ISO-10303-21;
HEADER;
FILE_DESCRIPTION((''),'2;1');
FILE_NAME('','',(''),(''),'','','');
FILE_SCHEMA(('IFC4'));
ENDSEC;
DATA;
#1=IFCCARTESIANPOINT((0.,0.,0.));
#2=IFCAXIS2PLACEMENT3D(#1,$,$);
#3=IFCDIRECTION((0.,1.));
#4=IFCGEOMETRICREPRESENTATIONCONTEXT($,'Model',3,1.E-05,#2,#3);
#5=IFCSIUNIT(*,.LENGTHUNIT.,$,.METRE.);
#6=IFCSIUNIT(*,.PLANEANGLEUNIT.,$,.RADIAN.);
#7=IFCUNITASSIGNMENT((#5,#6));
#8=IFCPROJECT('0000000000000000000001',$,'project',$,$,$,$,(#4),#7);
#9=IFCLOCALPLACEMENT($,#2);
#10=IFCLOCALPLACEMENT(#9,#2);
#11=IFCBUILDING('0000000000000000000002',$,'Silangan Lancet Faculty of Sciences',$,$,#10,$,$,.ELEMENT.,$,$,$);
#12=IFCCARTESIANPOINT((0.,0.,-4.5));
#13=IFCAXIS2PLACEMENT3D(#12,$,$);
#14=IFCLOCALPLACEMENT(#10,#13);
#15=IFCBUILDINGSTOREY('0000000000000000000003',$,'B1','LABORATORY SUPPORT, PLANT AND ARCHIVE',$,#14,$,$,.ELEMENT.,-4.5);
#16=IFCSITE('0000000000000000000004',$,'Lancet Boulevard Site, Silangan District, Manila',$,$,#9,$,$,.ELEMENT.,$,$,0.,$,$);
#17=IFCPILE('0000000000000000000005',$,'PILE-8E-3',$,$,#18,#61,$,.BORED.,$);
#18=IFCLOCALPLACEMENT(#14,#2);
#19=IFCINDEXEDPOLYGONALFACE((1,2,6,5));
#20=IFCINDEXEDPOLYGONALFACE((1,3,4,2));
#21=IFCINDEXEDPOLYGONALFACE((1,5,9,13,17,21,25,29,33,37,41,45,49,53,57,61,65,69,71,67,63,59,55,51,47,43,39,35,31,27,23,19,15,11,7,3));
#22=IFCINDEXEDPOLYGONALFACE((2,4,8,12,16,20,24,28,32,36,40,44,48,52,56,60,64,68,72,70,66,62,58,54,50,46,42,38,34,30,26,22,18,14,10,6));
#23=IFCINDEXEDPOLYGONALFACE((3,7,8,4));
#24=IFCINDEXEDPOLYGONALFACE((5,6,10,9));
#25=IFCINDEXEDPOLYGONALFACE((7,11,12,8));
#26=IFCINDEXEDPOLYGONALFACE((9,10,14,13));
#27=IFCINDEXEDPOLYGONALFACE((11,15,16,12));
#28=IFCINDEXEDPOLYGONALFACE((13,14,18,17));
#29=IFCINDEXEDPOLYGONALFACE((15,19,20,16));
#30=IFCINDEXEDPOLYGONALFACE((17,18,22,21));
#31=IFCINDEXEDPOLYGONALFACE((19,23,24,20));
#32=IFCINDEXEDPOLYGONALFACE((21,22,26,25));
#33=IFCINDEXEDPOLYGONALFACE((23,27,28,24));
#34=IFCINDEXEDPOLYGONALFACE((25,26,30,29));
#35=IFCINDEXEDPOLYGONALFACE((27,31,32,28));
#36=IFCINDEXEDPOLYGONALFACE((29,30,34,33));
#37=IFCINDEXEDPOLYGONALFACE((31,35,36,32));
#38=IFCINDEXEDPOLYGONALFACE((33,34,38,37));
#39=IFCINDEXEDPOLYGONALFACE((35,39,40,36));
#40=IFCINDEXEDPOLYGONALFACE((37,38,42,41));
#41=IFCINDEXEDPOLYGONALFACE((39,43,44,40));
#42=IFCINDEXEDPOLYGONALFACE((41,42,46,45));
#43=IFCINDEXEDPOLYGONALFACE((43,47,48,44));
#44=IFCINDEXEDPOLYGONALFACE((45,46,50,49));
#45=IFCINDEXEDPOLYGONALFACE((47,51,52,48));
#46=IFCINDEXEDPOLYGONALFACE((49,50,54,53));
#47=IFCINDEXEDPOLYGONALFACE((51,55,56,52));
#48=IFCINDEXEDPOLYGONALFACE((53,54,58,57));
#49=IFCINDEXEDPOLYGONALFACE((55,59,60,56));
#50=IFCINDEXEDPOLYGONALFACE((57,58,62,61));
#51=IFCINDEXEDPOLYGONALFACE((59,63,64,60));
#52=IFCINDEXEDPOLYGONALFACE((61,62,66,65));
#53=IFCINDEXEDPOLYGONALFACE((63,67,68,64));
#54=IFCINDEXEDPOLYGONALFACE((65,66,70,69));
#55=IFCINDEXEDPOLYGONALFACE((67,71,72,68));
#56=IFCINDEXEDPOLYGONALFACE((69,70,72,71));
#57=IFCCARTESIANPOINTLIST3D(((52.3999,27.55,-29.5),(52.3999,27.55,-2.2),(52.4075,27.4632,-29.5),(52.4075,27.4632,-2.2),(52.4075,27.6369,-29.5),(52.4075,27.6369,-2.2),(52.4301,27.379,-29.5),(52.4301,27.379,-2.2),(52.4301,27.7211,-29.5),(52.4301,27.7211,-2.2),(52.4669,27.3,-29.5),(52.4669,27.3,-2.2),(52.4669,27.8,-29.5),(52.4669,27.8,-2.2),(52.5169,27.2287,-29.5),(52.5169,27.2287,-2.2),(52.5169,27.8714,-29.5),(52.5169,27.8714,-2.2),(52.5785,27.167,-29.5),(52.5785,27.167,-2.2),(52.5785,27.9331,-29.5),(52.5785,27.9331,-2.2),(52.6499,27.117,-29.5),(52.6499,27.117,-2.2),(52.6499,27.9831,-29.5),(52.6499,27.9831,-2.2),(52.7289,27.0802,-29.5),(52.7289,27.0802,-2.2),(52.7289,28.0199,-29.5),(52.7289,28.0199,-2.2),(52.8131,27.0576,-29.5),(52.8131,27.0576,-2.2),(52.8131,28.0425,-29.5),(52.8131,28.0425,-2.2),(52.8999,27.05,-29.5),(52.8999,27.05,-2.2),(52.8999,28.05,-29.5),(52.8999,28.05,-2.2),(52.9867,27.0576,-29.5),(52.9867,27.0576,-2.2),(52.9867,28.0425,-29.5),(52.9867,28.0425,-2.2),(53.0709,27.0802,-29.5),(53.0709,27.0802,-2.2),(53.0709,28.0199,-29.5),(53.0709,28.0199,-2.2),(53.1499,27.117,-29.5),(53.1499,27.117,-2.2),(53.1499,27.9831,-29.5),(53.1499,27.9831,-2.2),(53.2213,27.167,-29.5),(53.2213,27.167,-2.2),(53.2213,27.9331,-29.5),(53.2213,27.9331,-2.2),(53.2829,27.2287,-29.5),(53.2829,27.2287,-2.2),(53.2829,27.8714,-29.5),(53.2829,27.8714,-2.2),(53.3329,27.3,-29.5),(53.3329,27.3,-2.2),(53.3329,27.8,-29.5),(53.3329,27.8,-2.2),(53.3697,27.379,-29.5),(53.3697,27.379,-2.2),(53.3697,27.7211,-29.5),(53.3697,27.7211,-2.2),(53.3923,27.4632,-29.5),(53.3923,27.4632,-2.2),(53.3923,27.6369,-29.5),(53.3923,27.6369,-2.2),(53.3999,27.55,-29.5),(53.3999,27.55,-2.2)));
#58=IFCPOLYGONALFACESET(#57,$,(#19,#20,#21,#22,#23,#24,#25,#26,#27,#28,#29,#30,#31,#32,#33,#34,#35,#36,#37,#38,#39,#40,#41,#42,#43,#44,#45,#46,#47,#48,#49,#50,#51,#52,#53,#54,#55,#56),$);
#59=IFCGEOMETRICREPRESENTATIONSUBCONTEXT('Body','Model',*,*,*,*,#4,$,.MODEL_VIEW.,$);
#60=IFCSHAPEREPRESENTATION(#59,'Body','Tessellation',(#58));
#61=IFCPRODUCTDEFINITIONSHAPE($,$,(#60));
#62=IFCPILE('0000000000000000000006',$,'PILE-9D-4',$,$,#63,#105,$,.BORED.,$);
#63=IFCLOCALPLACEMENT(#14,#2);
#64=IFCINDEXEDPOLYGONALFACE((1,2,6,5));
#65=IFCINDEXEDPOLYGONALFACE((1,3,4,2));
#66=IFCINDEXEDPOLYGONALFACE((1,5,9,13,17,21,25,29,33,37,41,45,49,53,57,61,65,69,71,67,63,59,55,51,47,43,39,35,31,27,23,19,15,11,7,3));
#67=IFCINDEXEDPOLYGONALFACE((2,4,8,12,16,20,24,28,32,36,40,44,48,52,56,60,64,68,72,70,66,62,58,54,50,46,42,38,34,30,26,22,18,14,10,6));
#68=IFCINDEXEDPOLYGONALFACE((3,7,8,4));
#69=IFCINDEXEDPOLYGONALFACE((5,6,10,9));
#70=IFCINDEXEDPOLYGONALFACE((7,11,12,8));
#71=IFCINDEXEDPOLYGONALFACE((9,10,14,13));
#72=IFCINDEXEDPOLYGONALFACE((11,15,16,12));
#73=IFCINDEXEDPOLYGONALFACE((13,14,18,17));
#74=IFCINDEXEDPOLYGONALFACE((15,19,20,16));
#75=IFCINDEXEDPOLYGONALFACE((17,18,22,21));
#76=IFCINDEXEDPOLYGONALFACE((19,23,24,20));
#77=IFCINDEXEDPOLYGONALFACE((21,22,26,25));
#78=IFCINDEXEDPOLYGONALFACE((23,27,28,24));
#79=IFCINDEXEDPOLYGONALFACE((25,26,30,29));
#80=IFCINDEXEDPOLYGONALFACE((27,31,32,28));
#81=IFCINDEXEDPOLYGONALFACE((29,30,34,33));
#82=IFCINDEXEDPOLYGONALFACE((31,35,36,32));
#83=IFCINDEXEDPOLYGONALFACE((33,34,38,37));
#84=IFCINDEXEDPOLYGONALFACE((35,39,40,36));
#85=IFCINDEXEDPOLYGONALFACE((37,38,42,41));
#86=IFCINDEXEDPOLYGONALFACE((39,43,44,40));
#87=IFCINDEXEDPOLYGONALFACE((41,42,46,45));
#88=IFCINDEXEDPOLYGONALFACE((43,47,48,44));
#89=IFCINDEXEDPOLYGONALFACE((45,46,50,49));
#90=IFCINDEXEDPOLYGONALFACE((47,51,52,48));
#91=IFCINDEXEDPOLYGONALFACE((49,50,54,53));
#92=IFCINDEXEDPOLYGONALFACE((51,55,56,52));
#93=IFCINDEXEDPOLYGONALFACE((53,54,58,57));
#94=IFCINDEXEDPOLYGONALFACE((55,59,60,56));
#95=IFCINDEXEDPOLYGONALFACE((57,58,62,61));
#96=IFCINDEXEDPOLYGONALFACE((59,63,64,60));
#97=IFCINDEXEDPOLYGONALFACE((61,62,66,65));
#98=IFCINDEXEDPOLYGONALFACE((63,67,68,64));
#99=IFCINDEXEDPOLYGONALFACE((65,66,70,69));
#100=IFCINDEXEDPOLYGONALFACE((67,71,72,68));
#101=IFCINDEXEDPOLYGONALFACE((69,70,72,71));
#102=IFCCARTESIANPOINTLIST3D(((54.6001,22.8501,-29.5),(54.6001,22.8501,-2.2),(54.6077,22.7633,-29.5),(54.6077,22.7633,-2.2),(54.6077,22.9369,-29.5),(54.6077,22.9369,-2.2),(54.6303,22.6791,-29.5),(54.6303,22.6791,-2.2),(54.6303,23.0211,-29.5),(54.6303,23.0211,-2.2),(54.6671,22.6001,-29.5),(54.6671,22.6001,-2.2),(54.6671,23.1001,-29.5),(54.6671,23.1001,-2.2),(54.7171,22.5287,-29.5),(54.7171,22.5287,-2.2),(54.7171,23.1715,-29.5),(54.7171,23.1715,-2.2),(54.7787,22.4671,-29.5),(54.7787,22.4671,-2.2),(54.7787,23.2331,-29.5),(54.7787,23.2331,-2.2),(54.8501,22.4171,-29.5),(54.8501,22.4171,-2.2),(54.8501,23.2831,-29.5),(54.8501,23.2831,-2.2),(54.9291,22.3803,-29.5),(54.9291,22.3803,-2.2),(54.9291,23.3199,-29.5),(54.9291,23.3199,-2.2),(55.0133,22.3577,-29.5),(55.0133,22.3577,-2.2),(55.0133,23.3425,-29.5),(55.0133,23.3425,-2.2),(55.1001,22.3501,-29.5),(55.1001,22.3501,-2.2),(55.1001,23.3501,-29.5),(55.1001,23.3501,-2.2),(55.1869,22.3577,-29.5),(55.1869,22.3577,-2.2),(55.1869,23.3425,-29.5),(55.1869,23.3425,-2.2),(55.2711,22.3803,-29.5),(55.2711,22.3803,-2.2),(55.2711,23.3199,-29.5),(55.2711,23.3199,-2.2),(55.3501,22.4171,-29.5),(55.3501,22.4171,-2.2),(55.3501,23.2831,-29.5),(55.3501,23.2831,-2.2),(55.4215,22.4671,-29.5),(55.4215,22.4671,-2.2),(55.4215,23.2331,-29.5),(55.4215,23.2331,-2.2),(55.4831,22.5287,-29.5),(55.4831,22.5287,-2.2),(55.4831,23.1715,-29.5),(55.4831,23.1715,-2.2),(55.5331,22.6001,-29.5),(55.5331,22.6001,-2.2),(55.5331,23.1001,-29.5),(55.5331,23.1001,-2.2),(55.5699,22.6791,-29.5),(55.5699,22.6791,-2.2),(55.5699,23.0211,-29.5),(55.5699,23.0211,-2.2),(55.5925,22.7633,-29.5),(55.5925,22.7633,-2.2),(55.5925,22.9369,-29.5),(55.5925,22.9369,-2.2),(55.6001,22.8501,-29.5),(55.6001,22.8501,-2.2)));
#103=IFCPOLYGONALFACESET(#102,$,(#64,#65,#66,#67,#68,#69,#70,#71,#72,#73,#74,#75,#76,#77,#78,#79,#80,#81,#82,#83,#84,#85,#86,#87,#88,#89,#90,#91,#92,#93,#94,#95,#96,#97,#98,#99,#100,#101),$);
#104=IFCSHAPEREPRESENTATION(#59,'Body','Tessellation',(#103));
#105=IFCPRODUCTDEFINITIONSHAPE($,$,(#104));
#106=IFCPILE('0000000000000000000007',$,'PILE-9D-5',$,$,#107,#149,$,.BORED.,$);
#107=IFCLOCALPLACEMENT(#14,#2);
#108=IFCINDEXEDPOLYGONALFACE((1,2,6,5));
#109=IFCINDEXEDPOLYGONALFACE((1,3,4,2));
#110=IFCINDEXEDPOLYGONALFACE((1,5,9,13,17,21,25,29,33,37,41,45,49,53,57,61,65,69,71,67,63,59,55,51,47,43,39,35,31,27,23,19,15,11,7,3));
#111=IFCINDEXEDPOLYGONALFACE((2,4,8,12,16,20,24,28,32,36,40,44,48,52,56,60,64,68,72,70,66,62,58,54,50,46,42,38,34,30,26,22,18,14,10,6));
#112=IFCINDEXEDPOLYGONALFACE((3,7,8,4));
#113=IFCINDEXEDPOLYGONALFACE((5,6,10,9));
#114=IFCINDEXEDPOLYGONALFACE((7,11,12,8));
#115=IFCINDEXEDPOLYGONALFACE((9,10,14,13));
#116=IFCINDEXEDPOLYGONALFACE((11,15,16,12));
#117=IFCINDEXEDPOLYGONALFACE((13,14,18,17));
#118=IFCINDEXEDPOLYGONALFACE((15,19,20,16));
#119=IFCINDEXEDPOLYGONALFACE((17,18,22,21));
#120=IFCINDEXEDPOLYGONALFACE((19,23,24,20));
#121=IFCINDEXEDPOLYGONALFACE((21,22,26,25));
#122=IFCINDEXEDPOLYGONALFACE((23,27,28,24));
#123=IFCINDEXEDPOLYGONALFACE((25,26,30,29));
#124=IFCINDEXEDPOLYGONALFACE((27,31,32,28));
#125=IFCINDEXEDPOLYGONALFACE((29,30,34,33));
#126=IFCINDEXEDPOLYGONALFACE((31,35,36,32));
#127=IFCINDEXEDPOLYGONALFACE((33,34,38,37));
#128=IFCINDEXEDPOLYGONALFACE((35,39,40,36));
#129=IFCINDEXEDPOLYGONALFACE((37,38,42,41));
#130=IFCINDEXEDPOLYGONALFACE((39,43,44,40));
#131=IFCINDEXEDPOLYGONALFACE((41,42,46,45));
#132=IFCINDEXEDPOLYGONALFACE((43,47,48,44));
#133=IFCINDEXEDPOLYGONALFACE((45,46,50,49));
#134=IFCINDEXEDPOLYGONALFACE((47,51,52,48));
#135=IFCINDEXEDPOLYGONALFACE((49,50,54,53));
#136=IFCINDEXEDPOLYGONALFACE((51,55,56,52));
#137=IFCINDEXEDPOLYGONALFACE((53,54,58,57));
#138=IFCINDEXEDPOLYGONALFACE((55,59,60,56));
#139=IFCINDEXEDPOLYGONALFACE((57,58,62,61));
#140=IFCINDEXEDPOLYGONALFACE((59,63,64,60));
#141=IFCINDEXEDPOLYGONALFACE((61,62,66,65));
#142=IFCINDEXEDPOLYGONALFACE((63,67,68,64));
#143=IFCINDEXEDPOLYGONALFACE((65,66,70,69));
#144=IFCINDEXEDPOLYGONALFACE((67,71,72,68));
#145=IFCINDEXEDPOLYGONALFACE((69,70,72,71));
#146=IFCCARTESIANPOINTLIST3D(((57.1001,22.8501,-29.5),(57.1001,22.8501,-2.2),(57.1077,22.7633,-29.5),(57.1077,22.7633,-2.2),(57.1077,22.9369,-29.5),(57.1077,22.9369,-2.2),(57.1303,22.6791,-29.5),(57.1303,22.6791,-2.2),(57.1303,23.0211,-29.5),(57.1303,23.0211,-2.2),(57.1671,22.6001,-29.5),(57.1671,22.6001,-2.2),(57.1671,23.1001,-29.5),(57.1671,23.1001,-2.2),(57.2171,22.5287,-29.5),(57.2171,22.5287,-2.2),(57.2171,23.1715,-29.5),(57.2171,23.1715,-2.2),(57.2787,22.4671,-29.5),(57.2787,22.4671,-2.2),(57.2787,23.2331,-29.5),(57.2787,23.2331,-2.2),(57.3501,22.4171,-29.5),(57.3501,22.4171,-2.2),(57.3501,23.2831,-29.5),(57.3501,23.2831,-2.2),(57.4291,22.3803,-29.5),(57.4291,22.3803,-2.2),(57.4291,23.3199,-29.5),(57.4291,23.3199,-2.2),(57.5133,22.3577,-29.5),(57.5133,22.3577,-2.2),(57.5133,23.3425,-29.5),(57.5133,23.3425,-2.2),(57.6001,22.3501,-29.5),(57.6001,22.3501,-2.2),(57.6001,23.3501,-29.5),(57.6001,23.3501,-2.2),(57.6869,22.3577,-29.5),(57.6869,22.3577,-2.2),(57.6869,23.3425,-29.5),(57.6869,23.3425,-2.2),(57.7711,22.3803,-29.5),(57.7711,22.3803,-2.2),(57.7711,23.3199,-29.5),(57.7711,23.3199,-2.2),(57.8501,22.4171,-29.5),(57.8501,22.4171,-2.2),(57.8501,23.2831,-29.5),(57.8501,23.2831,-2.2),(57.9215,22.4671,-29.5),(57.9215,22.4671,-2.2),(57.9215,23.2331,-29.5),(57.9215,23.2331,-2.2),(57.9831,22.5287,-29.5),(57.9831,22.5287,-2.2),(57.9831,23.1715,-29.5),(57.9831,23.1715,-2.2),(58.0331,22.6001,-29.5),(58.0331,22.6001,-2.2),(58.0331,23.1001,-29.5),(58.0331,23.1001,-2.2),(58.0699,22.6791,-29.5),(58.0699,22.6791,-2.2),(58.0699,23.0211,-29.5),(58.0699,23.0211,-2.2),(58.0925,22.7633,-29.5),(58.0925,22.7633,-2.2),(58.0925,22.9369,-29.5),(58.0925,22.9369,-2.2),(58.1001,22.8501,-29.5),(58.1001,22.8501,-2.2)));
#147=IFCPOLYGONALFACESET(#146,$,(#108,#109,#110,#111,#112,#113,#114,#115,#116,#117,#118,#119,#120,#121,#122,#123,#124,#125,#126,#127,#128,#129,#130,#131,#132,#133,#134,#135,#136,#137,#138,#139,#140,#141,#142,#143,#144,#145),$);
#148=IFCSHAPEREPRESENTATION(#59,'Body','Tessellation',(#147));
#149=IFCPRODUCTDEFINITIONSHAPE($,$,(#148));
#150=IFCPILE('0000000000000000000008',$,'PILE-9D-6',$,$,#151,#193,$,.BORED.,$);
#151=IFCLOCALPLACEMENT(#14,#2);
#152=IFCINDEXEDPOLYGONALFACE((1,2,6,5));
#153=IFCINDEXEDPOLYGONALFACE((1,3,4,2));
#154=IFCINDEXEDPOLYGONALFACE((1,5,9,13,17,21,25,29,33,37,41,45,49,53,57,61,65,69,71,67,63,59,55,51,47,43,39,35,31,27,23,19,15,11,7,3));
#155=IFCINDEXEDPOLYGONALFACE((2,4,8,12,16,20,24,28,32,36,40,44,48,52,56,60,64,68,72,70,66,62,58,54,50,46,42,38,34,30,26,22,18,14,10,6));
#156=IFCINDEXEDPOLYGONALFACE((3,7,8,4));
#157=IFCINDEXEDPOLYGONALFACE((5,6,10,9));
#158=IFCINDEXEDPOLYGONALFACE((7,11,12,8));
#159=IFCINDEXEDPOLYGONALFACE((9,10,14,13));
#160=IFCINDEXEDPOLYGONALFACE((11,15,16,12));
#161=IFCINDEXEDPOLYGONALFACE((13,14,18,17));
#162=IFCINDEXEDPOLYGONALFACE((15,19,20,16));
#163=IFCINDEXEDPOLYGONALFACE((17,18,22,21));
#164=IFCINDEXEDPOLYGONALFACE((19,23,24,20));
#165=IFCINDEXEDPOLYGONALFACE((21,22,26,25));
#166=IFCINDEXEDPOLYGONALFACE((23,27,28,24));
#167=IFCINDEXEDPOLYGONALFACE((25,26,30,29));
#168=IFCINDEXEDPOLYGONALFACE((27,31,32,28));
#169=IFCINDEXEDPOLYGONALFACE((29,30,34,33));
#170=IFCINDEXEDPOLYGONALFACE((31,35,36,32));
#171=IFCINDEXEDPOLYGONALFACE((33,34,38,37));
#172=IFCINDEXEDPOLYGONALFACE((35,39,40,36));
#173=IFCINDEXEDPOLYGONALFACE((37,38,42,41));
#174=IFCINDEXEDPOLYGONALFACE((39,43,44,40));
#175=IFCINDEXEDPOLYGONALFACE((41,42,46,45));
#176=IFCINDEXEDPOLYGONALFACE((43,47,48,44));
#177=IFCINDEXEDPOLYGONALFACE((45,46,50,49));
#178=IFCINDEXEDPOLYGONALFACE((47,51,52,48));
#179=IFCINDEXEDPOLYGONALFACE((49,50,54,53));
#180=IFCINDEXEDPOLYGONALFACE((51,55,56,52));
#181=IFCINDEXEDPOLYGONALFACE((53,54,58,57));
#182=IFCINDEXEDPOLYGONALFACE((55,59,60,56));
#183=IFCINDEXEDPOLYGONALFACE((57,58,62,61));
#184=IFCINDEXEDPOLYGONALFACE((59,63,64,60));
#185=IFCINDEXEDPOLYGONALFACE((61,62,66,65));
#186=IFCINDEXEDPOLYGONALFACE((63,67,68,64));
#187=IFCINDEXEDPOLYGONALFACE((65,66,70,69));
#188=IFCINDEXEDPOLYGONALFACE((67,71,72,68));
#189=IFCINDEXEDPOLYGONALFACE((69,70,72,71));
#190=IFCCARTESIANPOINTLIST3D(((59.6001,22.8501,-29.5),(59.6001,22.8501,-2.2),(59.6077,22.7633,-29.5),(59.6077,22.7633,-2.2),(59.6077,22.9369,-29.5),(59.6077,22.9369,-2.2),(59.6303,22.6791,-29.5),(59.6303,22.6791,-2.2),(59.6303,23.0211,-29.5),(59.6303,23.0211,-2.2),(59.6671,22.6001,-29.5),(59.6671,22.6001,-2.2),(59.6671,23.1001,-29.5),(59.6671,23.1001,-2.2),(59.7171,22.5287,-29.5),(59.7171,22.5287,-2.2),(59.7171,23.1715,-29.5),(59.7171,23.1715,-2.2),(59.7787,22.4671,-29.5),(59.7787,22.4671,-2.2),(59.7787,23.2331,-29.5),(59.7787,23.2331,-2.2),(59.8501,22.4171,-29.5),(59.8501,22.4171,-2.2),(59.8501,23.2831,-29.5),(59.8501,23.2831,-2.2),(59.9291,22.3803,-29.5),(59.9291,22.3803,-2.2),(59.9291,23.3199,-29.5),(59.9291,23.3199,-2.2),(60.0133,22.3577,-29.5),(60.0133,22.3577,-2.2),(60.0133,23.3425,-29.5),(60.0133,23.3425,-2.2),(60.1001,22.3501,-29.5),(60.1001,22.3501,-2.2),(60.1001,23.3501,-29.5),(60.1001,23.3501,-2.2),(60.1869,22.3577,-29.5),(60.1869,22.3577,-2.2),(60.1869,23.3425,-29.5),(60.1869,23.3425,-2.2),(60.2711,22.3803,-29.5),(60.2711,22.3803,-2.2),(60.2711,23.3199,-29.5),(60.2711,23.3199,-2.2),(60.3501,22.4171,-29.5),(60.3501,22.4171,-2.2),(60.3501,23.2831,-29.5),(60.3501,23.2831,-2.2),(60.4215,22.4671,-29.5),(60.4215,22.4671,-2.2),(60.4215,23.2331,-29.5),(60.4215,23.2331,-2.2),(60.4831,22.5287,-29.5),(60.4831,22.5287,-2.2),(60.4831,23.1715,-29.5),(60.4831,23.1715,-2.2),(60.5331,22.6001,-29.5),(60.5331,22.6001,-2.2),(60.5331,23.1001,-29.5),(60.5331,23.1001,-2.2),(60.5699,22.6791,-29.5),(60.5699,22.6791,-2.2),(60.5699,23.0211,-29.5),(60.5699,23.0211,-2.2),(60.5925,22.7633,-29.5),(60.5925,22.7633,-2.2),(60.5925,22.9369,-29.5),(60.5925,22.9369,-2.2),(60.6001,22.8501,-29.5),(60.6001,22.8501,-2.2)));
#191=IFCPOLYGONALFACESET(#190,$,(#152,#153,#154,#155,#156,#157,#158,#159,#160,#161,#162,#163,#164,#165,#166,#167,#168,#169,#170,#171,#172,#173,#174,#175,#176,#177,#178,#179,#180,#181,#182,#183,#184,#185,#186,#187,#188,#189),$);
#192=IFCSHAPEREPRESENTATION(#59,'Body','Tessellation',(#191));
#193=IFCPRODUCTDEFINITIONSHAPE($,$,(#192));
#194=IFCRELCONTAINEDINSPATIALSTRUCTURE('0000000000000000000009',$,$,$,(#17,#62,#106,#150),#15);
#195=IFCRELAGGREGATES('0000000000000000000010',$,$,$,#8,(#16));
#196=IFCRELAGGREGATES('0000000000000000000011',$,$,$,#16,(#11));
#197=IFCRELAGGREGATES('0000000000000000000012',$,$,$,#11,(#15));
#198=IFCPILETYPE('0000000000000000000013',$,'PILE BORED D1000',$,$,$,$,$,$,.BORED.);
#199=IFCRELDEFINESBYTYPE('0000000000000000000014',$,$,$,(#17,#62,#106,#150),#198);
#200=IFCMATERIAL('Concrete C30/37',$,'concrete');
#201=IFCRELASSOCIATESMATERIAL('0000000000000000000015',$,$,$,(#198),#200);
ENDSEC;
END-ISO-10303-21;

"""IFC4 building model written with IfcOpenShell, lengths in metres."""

from ifc_helpers import new_model, si_unit, direction, frame, origin, origin_2d, place, context, subcontext, project, spatial, circle, extrude, material, material_profile, profile_set, type_object, element, save


model = new_model("IFC4")

# Units and contexts
model_context = context("Model", 3, precision=1e-05, world=origin(), true_north=direction((0.0, 1.0)))
body_context = subcontext(model_context, "Body", "Model", "MODEL_VIEW")
ifc_project = project(units=[si_unit("LENGTHUNIT", "METRE"), si_unit("PLANEANGLEUNIT", "RADIAN")], contexts=[model_context])

# Site, building, storey
site_placement = place(None, origin())
site = spatial("IfcSite", under=ifc_project, at=site_placement, Name="Lancet Boulevard Site, Silangan District, Manila", CompositionType="ELEMENT", RefElevation=0.0)
building_placement = place(site_placement, origin())
building = spatial("IfcBuilding", under=site, at=building_placement, Name="Silangan Lancet Faculty of Sciences", CompositionType="ELEMENT")
storey_placement = place(building_placement, frame((0.0, 0.0, -4.5)))
storey = spatial("IfcBuildingStorey", under=building, at=storey_placement, Name="B1", Description="LABORATORY SUPPORT, PLANT AND ARCHIVE", CompositionType="ELEMENT", Elevation=-4.5)

# Piles
ifc_material_1 = material(Name="Concrete C30/37", Category="concrete")
ifc_material_profile_1 = material_profile(ifc_material_1, circle(Radius=0.5, at=origin_2d()), Name="BORED PILE D1000")
ifc_profile_set_1 = profile_set([ifc_material_profile_1], Name="Concrete C30/37")
pile_type = type_object("IfcPileType", Name="PILE BORED D1000", PredefinedType="BORED", material=ifc_profile_set_1)
for number, where, z_axis, x_axis, name in (
    (1, (52.8999, 27.55, -2.2), (0.0, 0.0, -1.0), (1.0, 0.0, 0.0), "PILE-8E-3"),
    (2, (55.1001, 22.8501, -2.2), (0.0, 0.0, -1.0), (1.0, 0.0, 0.0), "PILE-9D-4"),
    (3, (57.6001, 22.8501, -2.2), (0.0, 0.0, -1.0), (1.0, 0.0, 0.0), "PILE-9D-5"),
    (4, (60.1001, 22.8501, -2.2), (0.0, 0.0, -1.0), (1.0, 0.0, 0.0), "PILE-9D-6"),
):
    element("IfcPile", number, at=place(storey_placement, frame(where, z_axis=z_axis, x_axis=x_axis)), inside=storey, type_object=pile_type, Name=name, PredefinedType="BORED", context=body_context, shape_type="SweptSolid", body=[
        extrude(circle(Radius=0.5, at=origin_2d()), origin(), (0.0, 0.0, 1.0), 27.3),
    ])

save(model, "model.ifc")
